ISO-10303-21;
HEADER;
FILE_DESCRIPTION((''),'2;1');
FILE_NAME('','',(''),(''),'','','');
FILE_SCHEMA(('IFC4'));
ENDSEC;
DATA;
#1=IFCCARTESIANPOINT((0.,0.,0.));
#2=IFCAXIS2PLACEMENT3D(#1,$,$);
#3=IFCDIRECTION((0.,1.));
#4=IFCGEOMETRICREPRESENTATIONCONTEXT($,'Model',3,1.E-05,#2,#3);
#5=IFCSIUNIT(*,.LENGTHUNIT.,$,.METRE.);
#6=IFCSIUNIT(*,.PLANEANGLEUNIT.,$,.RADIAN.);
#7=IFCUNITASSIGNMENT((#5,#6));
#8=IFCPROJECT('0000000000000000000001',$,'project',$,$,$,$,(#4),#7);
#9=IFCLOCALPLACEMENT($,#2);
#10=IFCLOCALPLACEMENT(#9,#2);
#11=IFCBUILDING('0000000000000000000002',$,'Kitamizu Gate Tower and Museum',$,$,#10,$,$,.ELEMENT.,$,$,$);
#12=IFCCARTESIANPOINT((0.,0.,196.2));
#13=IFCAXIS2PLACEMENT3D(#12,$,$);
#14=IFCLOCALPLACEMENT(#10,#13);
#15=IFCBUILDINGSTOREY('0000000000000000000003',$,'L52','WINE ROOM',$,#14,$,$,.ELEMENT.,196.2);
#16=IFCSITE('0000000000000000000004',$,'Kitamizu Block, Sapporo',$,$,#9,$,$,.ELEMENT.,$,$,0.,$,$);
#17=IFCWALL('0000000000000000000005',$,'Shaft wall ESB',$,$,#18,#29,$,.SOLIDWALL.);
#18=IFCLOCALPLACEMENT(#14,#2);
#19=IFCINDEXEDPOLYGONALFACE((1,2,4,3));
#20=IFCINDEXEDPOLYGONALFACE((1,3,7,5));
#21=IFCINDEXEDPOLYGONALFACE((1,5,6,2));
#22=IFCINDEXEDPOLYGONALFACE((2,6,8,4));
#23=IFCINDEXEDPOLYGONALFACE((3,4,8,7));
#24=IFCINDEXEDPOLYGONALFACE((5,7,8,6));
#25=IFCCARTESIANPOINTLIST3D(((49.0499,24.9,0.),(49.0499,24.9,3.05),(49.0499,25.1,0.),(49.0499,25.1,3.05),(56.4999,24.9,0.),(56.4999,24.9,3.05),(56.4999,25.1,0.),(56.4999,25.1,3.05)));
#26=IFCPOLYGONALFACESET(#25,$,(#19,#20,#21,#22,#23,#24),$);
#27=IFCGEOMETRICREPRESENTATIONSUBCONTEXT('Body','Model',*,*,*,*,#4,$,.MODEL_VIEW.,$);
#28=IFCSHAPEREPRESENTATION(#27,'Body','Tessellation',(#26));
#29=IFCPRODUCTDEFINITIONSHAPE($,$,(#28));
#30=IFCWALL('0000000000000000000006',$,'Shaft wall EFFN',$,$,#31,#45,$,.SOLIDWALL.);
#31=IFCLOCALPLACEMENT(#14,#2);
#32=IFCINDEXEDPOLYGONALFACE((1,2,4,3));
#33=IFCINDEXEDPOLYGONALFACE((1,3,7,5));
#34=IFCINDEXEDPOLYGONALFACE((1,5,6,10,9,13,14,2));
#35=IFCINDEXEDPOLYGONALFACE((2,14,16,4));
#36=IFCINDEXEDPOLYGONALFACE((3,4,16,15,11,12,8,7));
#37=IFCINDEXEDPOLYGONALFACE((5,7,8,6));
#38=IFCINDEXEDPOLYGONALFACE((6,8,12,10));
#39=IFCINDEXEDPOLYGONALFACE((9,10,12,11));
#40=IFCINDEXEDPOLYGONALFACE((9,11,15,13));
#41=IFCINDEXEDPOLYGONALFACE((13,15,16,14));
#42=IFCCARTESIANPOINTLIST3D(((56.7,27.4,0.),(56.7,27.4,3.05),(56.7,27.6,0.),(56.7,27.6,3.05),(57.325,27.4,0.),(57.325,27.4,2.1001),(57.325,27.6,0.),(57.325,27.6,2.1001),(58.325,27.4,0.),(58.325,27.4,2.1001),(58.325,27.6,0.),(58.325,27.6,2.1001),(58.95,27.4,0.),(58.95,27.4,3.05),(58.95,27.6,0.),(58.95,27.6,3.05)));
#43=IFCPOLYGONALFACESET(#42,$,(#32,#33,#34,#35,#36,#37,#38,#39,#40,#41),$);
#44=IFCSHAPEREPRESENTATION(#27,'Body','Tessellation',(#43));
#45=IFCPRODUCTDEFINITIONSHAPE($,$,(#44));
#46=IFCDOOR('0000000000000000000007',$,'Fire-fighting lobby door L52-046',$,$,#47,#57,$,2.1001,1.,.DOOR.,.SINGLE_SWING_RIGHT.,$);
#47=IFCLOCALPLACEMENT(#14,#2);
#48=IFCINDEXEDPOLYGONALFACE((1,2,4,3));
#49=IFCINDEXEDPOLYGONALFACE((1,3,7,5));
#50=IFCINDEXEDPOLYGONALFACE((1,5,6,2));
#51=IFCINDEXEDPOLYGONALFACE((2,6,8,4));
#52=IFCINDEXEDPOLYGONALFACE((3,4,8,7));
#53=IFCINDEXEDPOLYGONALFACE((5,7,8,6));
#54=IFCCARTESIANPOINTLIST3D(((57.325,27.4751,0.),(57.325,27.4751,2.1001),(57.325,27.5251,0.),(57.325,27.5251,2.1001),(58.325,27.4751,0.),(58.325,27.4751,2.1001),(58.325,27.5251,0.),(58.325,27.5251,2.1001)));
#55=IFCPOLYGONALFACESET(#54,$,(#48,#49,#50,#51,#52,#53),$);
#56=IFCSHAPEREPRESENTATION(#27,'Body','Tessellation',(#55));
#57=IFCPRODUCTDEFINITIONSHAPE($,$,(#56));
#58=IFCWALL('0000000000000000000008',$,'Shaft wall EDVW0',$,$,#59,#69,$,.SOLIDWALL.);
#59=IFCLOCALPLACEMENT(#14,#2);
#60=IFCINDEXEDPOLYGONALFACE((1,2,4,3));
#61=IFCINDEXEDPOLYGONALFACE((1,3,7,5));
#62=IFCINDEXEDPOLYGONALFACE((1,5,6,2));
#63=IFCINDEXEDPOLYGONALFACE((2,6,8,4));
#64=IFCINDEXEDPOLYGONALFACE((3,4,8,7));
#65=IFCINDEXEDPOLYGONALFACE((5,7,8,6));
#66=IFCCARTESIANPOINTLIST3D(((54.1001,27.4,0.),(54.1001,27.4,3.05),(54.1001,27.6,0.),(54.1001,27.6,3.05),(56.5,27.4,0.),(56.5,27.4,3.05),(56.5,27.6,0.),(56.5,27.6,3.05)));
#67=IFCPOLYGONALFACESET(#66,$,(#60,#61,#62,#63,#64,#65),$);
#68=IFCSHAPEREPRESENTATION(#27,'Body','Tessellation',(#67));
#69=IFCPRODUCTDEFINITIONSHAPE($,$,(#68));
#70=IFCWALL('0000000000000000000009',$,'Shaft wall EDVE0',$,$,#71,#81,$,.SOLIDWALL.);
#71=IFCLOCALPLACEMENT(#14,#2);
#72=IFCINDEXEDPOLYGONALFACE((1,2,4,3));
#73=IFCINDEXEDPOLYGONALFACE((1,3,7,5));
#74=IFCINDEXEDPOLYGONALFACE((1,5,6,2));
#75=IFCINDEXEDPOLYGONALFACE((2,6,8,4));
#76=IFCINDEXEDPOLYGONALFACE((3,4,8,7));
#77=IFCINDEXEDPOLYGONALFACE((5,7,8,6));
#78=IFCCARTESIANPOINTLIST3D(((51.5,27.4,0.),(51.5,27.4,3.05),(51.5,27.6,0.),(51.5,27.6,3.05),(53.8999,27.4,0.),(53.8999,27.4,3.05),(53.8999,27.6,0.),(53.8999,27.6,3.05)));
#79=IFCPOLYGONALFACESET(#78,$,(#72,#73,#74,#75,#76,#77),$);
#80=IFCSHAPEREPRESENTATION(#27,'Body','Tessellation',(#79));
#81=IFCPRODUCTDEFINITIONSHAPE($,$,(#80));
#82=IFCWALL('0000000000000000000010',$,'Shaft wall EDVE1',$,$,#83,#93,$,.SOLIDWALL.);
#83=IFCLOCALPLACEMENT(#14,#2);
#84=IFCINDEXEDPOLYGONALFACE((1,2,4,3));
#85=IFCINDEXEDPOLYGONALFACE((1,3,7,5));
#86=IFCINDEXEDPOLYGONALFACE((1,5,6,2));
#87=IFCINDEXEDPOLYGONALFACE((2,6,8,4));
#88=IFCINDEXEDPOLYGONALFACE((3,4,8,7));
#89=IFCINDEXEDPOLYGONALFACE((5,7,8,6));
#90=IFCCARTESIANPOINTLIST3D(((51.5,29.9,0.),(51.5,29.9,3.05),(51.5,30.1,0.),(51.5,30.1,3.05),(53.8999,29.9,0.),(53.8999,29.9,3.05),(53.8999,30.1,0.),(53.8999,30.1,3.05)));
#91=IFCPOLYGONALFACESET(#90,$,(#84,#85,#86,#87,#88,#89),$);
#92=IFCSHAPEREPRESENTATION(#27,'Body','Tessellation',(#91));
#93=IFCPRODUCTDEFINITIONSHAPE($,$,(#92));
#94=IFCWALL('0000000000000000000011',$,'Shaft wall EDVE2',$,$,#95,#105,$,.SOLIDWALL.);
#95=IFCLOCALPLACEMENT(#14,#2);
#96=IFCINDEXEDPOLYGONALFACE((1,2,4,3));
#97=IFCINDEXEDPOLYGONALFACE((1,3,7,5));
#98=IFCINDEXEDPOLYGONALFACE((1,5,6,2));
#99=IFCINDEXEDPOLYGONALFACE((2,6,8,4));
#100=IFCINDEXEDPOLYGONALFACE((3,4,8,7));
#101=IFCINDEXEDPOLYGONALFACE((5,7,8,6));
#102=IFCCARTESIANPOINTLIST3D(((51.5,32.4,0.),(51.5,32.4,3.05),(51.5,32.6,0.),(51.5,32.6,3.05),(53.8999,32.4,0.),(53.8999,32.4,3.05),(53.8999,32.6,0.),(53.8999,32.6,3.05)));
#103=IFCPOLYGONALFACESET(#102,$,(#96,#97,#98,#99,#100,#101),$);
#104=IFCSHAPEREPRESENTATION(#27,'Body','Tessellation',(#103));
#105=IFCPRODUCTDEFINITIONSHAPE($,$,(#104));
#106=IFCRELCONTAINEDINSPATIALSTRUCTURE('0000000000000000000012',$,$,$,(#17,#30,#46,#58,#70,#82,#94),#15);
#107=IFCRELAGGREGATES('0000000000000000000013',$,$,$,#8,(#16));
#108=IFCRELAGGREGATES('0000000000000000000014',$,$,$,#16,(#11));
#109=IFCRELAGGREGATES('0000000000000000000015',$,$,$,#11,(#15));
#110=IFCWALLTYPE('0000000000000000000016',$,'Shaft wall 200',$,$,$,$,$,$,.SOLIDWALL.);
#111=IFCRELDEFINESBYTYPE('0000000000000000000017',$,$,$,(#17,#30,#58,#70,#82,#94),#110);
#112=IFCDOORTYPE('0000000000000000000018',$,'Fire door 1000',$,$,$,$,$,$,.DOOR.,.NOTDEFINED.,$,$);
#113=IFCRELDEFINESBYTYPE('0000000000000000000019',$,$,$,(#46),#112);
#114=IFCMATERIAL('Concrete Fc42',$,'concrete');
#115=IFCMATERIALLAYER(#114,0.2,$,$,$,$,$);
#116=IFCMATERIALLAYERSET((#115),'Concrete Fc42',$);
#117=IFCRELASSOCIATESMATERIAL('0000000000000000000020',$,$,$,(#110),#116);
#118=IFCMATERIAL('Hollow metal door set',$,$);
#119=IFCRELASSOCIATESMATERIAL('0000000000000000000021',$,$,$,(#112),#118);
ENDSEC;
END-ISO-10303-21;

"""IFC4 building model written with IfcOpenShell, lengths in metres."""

from ifc_helpers import new_model, si_unit, direction, frame, frame_2d, origin, place, context, subcontext, project, spatial, rectangle, extrude, material, layer, layer_set, type_object, element, fill, save


model = new_model("IFC4")

# Units and contexts
model_context = context("Model", 3, precision=1e-05, world=origin(), true_north=direction((0.0, 1.0)))
body_context = subcontext(model_context, "Body", "Model", "MODEL_VIEW")
ifc_project = project(units=[si_unit("LENGTHUNIT", "METRE"), si_unit("PLANEANGLEUNIT", "RADIAN")], contexts=[model_context])

# Site, building, storey
site_placement = place(None, origin())
site = spatial("IfcSite", under=ifc_project, at=site_placement, Name="Kitamizu Block, Sapporo", CompositionType="ELEMENT", RefElevation=0.0)
building_placement = place(site_placement, origin())
building = spatial("IfcBuilding", under=site, at=building_placement, Name="Kitamizu Gate Tower and Museum", CompositionType="ELEMENT")
storey_placement = place(building_placement, frame((0.0, 0.0, 196.2)))
storey = spatial("IfcBuildingStorey", under=building, at=storey_placement, Name="L52", Description="WINE ROOM", CompositionType="ELEMENT", Elevation=196.2)

# Shared definitions
ifc_material_1 = material(Name="Concrete Fc42", Category="concrete")
ifc_layer_1 = layer(ifc_material_1, 0.2)
ifc_layer_set_1 = layer_set([ifc_layer_1], Name="Concrete Fc42")
wall_type_1 = type_object("IfcWallType", Name="Shaft wall 200", PredefinedType="SOLIDWALL", material=ifc_layer_set_1)
ifc_material_2 = material(Name="Hollow metal door set")
door_type_1 = type_object("IfcDoorType", Name="Fire door 1000", OperationType="NOTDEFINED", PredefinedType="DOOR", material=ifc_material_2)

# Wall
wall_1_placement = place(storey_placement, frame((56.5, 25.0, 0.0), z_axis=(0.0, 0.0, 1.0), x_axis=(-1.0, 0.0, 0.0)))
element("IfcWall", 1, at=wall_1_placement, inside=storey, type_object=wall_type_1, Name="Shaft wall ESB", PredefinedType="SOLIDWALL", context=body_context, shape_type="SweptSolid", body=[
    extrude(rectangle(XDim=7.45, YDim=0.2, at=frame_2d((3.7251, 0.0))), origin(), (0.0, 0.0, 1.0), 3.05),
])

# Wall, opening, door
wall_2_placement = place(storey_placement, frame((58.95, 27.5, 0.0), z_axis=(0.0, 0.0, 1.0), x_axis=(-1.0, 0.0, 0.0)))
wall_2 = element("IfcWall", 2, at=wall_2_placement, inside=storey, type_object=wall_type_1, Name="Shaft wall EFFN", PredefinedType="SOLIDWALL", context=body_context, shape_type="SweptSolid", body=[
    extrude(rectangle(XDim=2.25, YDim=0.2, at=frame_2d((1.125, 0.0))), origin(), (0.0, 0.0, 1.0), 3.05),
])
opening_1_placement = place(wall_2_placement, frame((0.625, 0.0, 0.0)))
opening_1 = element("IfcOpeningElement", 3, at=opening_1_placement, cuts=wall_2, PredefinedType="OPENING", context=body_context, shape_type="SweptSolid", body=[
    extrude(rectangle(XDim=1.0, YDim=2.1001, at=frame_2d((0.5, 1.05))), frame((0.0, 0.1099, 0.0), z_axis=(0.0, -1.0, 0.0), x_axis=(1.0, 0.0, 0.0)), (0.0, 0.0, 1.0), 0.22),
])
door_1_placement = place(opening_1_placement, origin())
door_1 = element("IfcDoor", 4, at=door_1_placement, inside=storey, type_object=door_type_1, Name="Fire-fighting lobby door L52-046", OperationType="SINGLE_SWING_RIGHT", OverallHeight=2.1001, OverallWidth=1.0, PredefinedType="DOOR", context=body_context, shape_type="SweptSolid", body=[
    extrude(rectangle(XDim=1.0, YDim=2.1001, at=frame_2d((0.5, 1.05))), frame((0.0, 0.0249, 0.0), z_axis=(0.0, -1.0, 0.0), x_axis=(1.0, 0.0, 0.0)), (0.0, 0.0, 1.0), 0.05),
])
fill(opening_1, door_1)

# Walls
for number, where, z_axis, x_axis, name in (
    (5, (56.5, 27.5, 0.0), (0.0, 0.0, 1.0), (-1.0, 0.0, 0.0), "Shaft wall EDVW0"),
    (6, (53.8999, 27.5, 0.0), (0.0, 0.0, 1.0), (-1.0, 0.0, 0.0), "Shaft wall EDVE0"),
    (7, (53.8999, 30.0, 0.0), (0.0, 0.0, 1.0), (-1.0, 0.0, 0.0), "Shaft wall EDVE1"),
    (8, (53.8999, 32.5, 0.0), (0.0, 0.0, 1.0), (-1.0, 0.0, 0.0), "Shaft wall EDVE2"),
):
    element("IfcWall", number, at=place(storey_placement, frame(where, z_axis=z_axis, x_axis=x_axis)), inside=storey, type_object=wall_type_1, Name=name, PredefinedType="SOLIDWALL", context=body_context, shape_type="SweptSolid", body=[
        extrude(rectangle(XDim=2.3999, YDim=0.2, at=frame_2d((1.2, 0.0))), origin(), (0.0, 0.0, 1.0), 3.05),
    ])

save(model, "model.ifc")
